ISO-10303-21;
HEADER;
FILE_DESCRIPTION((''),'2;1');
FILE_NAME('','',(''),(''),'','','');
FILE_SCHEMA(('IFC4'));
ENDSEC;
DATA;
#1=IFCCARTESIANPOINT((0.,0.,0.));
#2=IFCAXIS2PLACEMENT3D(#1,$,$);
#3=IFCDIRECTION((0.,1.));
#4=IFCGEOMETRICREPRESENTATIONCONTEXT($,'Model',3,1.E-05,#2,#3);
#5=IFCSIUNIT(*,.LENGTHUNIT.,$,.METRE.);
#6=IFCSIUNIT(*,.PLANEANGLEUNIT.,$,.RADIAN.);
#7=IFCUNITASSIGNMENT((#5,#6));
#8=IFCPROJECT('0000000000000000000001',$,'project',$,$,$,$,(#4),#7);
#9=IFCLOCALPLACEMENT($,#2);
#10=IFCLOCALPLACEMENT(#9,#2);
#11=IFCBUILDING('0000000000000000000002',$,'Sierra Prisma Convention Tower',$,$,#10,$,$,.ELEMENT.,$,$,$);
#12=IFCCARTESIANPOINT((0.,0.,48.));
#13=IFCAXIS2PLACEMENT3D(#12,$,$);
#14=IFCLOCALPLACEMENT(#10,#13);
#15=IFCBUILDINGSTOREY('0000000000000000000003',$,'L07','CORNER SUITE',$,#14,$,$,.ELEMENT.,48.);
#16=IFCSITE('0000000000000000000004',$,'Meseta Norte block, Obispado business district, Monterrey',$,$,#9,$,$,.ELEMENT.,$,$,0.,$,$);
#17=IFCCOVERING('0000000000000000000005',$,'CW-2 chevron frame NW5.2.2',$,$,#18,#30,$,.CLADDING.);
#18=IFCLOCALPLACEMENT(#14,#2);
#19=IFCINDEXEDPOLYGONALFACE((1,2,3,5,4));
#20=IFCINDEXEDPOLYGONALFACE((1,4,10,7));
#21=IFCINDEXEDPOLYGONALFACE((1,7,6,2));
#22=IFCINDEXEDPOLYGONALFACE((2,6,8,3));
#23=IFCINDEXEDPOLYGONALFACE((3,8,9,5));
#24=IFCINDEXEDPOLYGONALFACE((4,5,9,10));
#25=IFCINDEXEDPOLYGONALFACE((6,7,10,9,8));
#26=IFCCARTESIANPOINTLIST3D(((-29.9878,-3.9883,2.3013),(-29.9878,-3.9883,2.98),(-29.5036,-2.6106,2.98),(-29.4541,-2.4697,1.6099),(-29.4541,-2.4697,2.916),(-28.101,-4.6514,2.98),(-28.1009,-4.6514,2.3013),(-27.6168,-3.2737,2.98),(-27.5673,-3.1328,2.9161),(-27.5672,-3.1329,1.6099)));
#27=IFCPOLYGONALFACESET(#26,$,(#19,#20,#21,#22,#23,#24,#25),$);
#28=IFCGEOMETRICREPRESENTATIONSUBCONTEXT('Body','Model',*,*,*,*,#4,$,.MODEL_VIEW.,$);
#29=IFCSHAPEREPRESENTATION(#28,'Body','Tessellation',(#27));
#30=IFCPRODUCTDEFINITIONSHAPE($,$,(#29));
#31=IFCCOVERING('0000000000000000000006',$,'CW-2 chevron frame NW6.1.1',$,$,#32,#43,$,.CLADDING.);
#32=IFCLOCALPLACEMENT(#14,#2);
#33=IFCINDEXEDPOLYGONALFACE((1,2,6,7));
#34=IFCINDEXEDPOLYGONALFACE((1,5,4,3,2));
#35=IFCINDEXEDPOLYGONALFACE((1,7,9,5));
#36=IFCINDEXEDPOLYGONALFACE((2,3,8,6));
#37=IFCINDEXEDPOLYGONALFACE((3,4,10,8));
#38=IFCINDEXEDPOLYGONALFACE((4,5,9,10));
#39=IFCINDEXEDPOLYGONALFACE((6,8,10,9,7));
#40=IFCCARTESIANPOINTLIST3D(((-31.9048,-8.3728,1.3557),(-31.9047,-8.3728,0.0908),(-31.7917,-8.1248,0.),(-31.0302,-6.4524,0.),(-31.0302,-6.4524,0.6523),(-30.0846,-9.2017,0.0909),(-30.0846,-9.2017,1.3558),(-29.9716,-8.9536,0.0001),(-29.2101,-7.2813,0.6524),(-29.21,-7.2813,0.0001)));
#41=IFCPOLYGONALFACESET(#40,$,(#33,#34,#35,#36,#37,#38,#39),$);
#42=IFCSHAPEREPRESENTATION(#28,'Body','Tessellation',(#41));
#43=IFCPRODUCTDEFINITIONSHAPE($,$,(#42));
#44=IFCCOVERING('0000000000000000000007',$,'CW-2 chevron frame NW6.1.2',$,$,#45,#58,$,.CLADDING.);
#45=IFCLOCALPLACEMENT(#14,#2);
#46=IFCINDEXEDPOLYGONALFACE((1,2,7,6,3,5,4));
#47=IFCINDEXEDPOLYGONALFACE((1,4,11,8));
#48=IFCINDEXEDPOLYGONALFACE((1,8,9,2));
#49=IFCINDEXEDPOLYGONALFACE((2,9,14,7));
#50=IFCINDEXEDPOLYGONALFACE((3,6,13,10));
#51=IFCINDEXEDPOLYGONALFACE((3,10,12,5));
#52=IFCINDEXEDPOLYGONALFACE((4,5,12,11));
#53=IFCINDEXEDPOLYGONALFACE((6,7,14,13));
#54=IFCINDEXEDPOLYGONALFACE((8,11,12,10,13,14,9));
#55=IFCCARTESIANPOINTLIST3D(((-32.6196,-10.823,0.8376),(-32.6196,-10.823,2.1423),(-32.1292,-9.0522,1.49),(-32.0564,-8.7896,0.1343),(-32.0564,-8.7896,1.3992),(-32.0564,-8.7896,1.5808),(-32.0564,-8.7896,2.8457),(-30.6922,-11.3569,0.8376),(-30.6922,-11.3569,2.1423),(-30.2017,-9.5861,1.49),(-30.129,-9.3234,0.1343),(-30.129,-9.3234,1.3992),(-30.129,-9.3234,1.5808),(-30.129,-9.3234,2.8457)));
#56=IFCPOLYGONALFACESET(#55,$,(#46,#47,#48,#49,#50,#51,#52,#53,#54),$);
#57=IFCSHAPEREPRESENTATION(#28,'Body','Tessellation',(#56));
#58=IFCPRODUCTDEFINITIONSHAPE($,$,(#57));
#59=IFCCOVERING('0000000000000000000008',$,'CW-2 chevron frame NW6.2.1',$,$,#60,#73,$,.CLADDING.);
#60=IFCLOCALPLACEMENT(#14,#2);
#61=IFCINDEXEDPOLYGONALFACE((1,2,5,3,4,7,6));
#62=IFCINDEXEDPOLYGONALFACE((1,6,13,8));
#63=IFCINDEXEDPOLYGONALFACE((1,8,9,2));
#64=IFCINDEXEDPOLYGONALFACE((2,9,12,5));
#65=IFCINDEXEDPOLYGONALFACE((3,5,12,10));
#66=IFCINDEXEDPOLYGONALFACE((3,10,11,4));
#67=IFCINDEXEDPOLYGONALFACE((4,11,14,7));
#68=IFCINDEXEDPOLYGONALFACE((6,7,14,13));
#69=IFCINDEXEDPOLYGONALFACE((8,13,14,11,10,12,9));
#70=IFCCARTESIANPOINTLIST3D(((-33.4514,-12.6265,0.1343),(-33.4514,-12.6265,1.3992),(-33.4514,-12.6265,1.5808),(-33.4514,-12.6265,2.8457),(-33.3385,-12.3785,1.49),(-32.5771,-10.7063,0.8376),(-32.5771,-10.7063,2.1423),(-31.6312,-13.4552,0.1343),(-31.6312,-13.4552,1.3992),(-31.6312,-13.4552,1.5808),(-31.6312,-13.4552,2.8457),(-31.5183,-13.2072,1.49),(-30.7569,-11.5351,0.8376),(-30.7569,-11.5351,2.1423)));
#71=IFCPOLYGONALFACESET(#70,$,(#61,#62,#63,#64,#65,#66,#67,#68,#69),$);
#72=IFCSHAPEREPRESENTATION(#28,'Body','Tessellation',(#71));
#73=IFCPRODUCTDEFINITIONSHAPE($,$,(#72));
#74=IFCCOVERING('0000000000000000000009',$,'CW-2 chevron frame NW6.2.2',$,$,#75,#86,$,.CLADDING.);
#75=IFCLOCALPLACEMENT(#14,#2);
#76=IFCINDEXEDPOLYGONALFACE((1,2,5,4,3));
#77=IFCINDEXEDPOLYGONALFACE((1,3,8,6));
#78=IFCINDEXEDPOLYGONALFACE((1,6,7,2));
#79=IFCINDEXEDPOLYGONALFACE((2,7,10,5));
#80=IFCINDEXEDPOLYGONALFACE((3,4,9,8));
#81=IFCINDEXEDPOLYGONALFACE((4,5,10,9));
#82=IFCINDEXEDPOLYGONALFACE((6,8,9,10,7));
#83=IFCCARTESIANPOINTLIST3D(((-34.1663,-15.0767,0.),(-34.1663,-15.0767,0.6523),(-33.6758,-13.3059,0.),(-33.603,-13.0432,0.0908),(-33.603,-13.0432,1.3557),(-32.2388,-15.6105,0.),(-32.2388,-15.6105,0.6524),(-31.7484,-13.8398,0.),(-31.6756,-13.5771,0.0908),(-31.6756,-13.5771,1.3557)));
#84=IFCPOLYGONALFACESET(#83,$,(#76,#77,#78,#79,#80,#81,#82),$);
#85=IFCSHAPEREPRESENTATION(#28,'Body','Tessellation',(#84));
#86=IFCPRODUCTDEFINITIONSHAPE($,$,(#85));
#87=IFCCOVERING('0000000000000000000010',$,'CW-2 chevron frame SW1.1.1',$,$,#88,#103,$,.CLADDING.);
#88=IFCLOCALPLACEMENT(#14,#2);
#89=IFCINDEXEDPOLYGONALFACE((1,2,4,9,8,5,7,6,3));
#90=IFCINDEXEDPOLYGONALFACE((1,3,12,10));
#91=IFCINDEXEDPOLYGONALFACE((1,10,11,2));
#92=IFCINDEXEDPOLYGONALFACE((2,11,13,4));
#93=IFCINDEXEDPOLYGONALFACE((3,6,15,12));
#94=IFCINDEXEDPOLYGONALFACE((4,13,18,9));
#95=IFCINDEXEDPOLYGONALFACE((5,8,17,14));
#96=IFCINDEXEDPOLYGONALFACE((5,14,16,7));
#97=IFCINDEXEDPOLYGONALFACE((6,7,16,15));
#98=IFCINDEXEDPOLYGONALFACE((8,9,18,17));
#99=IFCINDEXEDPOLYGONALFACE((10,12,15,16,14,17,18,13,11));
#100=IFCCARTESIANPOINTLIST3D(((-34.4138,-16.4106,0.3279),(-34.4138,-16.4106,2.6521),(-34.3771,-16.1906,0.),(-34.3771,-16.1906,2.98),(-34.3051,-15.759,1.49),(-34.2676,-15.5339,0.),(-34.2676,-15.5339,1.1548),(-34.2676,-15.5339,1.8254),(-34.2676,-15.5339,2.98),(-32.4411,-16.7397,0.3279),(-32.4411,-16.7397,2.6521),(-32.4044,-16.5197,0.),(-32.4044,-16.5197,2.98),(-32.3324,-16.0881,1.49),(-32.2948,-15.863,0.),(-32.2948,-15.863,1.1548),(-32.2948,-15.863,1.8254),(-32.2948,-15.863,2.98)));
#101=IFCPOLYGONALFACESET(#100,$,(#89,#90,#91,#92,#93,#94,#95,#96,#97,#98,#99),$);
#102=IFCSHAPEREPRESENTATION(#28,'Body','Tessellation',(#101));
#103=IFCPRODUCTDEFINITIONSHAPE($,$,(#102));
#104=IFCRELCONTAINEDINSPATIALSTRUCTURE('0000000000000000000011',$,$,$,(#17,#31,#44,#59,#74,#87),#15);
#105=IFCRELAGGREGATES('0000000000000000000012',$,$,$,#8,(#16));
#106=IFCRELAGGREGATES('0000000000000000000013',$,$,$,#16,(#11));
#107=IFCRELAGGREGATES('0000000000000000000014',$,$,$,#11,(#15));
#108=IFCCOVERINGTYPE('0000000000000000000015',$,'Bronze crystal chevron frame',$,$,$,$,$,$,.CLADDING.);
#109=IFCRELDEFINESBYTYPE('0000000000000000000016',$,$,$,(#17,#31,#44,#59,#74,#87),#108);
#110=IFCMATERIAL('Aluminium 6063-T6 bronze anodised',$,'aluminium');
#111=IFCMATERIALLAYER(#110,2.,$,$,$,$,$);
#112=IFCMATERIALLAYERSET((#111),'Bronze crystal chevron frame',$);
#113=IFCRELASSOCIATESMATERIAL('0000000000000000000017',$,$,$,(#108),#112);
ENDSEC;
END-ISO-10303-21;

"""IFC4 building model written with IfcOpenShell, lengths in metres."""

from ifc_helpers import new_model, si_unit, direction, frame, origin, place, context, subcontext, project, spatial, polyline, outline, extrude, material, layer, layer_set, type_object, element, save


model = new_model("IFC4")

# Units and contexts
model_context = context("Model", 3, precision=1e-05, world=origin(), true_north=direction((0.0, 1.0)))
body_context = subcontext(model_context, "Body", "Model", "MODEL_VIEW")
ifc_project = project(units=[si_unit("LENGTHUNIT", "METRE"), si_unit("PLANEANGLEUNIT", "RADIAN")], contexts=[model_context])

# Site, building, storey
site_placement = place(None, origin())
site = spatial("IfcSite", under=ifc_project, at=site_placement, Name="Meseta Norte block, Obispado business district, Monterrey", CompositionType="ELEMENT", RefElevation=0.0)
building_placement = place(site_placement, origin())
building = spatial("IfcBuilding", under=site, at=building_placement, Name="Sierra Prisma Convention Tower", CompositionType="ELEMENT")
storey_placement = place(building_placement, frame((0.0, 0.0, 48.0)))
storey = spatial("IfcBuildingStorey", under=building, at=storey_placement, Name="L07", Description="CORNER SUITE", CompositionType="ELEMENT", Elevation=48.0)

# Coverings
ifc_material_1 = material(Name="Aluminium 6063-T6 bronze anodised", Category="aluminium")
ifc_layer_1 = layer(ifc_material_1, 2.0)
ifc_layer_set_1 = layer_set([ifc_layer_1], Name="Bronze crystal chevron frame")
covering_type = type_object("IfcCoveringType", Name="Bronze crystal chevron frame", PredefinedType="CLADDING", material=ifc_layer_set_1)
covering_1_placement = place(storey_placement, frame((-29.4541, -2.4697, 1.6099), z_axis=(-0.943432, 0.331565, -0.000024), x_axis=(-0.304658, -0.866841, 0.394679)))
element("IfcCovering", 1, at=covering_1_placement, inside=storey, type_object=covering_type, Name="CW-2 chevron frame NW5.2.2", PredefinedType="CLADDING", context=body_context, shape_type="SweptSolid", body=[
    extrude(outline(polyline([(0.0, 0.0), (1.7518, 0.0), (2.0197, 0.6236), (0.678, 1.2), (0.5155, 1.2001), (0.0, 0.0)])), origin(), (0.0, 0.0, -1.0), 2.0),
])
covering_2_placement = place(storey_placement, frame((-31.7917, -8.1248, 0.0), z_axis=(-0.910082, 0.414429, -0.000037), x_axis=(-0.393191, -0.863415, 0.316094)))
element("IfcCovering", 2, at=covering_2_placement, inside=storey, type_object=covering_type, Name="CW-2 chevron frame NW6.1.1", PredefinedType="CLADDING", context=body_context, shape_type="SweptSolid", body=[
    extrude(outline(polyline([(0.0, 0.0), (0.2873, 0.0), (0.6871, 1.2), (-1.5371, 1.1997), (-1.7433, 0.5808), (0.0, 0.0)])), origin(), (0.0, 0.0, -1.0), 2.0),
])
covering_3_placement = place(storey_placement, frame((-32.0564, -8.7896, 1.3992), z_axis=(-0.963715, 0.266934, 0.0), x_axis=(0.0, 0.0, -1.0)))
element("IfcCovering", 3, at=covering_3_placement, inside=storey, type_object=covering_type, Name="CW-2 chevron frame NW6.1.2", PredefinedType="CLADDING", context=body_context, shape_type="SweptSolid", body=[
    extrude(outline(polyline([(0.0, 0.0), (1.2649, 0.0), (0.5615, 2.11), (-0.7432, 2.11), (-1.4465, 0.0), (-0.1816, 0.0), (-0.0908, 0.2726), (0.0, 0.0)])), origin(), (0.0, 0.0, -1.0), 2.0),
])
covering_4_placement = place(storey_placement, frame((-32.5771, -10.7063, 0.8376), z_axis=(-0.910104, 0.414381, 0.0), x_axis=(-0.393111, -0.863389, -0.316265)))
element("IfcCovering", 4, at=covering_4_placement, inside=storey, type_object=covering_type, Name="CW-2 chevron frame NW6.2.1", PredefinedType="CLADDING", context=body_context, shape_type="SweptSolid", body=[
    extrude(outline(polyline([(0.0, 0.0), (2.224, 0.0), (1.8239, 1.2), (1.5367, 1.1999), (1.7665, 1.3723), (1.3665, 2.5723), (-0.4126, 1.2377), (0.0, 0.0)])), origin(), (0.0, 0.0, -1.0), 2.0),
])
covering_5_placement = place(storey_placement, frame((-33.603, -13.0432, 0.0908), z_axis=(-0.963715, 0.266934, -0.000004), x_axis=(-0.253246, -0.914302, -0.316099)))
element("IfcCovering", 5, at=covering_5_placement, inside=storey, type_object=covering_type, Name="CW-2 chevron frame NW6.2.2", PredefinedType="CLADDING", context=body_context, shape_type="SweptSolid", body=[
    extrude(outline(polyline([(0.0, 0.0), (0.2873, 0.0), (2.0305, 0.5808), (1.8243, 1.1997), (-0.3998, 1.2), (0.0, 0.0)])), origin(), (0.0, 0.0, -1.0), 2.0),
])
covering_6_placement = place(storey_placement, frame((-34.2676, -15.5339, 0.0), z_axis=(-0.986371, 0.164536, 0.0), x_axis=(-0.164536, -0.986371, 0.0)))
element("IfcCovering", 6, at=covering_6_placement, inside=storey, type_object=covering_type, Name="CW-2 chevron frame SW1.1.1", PredefinedType="CLADDING", context=body_context, shape_type="SweptSolid", body=[
    extrude(outline(polyline([(0.0, 0.0), (0.6658, 0.0), (0.8888, 0.3279), (0.8888, 2.6521), (0.6658, 2.98), (0.0, 2.98), (0.0, 1.8254), (0.2282, 1.49), (0.0, 1.1548), (0.0, 0.0)])), origin(), (0.0, 0.0, -1.0), 2.0),
])

save(model, "model.ifc")
